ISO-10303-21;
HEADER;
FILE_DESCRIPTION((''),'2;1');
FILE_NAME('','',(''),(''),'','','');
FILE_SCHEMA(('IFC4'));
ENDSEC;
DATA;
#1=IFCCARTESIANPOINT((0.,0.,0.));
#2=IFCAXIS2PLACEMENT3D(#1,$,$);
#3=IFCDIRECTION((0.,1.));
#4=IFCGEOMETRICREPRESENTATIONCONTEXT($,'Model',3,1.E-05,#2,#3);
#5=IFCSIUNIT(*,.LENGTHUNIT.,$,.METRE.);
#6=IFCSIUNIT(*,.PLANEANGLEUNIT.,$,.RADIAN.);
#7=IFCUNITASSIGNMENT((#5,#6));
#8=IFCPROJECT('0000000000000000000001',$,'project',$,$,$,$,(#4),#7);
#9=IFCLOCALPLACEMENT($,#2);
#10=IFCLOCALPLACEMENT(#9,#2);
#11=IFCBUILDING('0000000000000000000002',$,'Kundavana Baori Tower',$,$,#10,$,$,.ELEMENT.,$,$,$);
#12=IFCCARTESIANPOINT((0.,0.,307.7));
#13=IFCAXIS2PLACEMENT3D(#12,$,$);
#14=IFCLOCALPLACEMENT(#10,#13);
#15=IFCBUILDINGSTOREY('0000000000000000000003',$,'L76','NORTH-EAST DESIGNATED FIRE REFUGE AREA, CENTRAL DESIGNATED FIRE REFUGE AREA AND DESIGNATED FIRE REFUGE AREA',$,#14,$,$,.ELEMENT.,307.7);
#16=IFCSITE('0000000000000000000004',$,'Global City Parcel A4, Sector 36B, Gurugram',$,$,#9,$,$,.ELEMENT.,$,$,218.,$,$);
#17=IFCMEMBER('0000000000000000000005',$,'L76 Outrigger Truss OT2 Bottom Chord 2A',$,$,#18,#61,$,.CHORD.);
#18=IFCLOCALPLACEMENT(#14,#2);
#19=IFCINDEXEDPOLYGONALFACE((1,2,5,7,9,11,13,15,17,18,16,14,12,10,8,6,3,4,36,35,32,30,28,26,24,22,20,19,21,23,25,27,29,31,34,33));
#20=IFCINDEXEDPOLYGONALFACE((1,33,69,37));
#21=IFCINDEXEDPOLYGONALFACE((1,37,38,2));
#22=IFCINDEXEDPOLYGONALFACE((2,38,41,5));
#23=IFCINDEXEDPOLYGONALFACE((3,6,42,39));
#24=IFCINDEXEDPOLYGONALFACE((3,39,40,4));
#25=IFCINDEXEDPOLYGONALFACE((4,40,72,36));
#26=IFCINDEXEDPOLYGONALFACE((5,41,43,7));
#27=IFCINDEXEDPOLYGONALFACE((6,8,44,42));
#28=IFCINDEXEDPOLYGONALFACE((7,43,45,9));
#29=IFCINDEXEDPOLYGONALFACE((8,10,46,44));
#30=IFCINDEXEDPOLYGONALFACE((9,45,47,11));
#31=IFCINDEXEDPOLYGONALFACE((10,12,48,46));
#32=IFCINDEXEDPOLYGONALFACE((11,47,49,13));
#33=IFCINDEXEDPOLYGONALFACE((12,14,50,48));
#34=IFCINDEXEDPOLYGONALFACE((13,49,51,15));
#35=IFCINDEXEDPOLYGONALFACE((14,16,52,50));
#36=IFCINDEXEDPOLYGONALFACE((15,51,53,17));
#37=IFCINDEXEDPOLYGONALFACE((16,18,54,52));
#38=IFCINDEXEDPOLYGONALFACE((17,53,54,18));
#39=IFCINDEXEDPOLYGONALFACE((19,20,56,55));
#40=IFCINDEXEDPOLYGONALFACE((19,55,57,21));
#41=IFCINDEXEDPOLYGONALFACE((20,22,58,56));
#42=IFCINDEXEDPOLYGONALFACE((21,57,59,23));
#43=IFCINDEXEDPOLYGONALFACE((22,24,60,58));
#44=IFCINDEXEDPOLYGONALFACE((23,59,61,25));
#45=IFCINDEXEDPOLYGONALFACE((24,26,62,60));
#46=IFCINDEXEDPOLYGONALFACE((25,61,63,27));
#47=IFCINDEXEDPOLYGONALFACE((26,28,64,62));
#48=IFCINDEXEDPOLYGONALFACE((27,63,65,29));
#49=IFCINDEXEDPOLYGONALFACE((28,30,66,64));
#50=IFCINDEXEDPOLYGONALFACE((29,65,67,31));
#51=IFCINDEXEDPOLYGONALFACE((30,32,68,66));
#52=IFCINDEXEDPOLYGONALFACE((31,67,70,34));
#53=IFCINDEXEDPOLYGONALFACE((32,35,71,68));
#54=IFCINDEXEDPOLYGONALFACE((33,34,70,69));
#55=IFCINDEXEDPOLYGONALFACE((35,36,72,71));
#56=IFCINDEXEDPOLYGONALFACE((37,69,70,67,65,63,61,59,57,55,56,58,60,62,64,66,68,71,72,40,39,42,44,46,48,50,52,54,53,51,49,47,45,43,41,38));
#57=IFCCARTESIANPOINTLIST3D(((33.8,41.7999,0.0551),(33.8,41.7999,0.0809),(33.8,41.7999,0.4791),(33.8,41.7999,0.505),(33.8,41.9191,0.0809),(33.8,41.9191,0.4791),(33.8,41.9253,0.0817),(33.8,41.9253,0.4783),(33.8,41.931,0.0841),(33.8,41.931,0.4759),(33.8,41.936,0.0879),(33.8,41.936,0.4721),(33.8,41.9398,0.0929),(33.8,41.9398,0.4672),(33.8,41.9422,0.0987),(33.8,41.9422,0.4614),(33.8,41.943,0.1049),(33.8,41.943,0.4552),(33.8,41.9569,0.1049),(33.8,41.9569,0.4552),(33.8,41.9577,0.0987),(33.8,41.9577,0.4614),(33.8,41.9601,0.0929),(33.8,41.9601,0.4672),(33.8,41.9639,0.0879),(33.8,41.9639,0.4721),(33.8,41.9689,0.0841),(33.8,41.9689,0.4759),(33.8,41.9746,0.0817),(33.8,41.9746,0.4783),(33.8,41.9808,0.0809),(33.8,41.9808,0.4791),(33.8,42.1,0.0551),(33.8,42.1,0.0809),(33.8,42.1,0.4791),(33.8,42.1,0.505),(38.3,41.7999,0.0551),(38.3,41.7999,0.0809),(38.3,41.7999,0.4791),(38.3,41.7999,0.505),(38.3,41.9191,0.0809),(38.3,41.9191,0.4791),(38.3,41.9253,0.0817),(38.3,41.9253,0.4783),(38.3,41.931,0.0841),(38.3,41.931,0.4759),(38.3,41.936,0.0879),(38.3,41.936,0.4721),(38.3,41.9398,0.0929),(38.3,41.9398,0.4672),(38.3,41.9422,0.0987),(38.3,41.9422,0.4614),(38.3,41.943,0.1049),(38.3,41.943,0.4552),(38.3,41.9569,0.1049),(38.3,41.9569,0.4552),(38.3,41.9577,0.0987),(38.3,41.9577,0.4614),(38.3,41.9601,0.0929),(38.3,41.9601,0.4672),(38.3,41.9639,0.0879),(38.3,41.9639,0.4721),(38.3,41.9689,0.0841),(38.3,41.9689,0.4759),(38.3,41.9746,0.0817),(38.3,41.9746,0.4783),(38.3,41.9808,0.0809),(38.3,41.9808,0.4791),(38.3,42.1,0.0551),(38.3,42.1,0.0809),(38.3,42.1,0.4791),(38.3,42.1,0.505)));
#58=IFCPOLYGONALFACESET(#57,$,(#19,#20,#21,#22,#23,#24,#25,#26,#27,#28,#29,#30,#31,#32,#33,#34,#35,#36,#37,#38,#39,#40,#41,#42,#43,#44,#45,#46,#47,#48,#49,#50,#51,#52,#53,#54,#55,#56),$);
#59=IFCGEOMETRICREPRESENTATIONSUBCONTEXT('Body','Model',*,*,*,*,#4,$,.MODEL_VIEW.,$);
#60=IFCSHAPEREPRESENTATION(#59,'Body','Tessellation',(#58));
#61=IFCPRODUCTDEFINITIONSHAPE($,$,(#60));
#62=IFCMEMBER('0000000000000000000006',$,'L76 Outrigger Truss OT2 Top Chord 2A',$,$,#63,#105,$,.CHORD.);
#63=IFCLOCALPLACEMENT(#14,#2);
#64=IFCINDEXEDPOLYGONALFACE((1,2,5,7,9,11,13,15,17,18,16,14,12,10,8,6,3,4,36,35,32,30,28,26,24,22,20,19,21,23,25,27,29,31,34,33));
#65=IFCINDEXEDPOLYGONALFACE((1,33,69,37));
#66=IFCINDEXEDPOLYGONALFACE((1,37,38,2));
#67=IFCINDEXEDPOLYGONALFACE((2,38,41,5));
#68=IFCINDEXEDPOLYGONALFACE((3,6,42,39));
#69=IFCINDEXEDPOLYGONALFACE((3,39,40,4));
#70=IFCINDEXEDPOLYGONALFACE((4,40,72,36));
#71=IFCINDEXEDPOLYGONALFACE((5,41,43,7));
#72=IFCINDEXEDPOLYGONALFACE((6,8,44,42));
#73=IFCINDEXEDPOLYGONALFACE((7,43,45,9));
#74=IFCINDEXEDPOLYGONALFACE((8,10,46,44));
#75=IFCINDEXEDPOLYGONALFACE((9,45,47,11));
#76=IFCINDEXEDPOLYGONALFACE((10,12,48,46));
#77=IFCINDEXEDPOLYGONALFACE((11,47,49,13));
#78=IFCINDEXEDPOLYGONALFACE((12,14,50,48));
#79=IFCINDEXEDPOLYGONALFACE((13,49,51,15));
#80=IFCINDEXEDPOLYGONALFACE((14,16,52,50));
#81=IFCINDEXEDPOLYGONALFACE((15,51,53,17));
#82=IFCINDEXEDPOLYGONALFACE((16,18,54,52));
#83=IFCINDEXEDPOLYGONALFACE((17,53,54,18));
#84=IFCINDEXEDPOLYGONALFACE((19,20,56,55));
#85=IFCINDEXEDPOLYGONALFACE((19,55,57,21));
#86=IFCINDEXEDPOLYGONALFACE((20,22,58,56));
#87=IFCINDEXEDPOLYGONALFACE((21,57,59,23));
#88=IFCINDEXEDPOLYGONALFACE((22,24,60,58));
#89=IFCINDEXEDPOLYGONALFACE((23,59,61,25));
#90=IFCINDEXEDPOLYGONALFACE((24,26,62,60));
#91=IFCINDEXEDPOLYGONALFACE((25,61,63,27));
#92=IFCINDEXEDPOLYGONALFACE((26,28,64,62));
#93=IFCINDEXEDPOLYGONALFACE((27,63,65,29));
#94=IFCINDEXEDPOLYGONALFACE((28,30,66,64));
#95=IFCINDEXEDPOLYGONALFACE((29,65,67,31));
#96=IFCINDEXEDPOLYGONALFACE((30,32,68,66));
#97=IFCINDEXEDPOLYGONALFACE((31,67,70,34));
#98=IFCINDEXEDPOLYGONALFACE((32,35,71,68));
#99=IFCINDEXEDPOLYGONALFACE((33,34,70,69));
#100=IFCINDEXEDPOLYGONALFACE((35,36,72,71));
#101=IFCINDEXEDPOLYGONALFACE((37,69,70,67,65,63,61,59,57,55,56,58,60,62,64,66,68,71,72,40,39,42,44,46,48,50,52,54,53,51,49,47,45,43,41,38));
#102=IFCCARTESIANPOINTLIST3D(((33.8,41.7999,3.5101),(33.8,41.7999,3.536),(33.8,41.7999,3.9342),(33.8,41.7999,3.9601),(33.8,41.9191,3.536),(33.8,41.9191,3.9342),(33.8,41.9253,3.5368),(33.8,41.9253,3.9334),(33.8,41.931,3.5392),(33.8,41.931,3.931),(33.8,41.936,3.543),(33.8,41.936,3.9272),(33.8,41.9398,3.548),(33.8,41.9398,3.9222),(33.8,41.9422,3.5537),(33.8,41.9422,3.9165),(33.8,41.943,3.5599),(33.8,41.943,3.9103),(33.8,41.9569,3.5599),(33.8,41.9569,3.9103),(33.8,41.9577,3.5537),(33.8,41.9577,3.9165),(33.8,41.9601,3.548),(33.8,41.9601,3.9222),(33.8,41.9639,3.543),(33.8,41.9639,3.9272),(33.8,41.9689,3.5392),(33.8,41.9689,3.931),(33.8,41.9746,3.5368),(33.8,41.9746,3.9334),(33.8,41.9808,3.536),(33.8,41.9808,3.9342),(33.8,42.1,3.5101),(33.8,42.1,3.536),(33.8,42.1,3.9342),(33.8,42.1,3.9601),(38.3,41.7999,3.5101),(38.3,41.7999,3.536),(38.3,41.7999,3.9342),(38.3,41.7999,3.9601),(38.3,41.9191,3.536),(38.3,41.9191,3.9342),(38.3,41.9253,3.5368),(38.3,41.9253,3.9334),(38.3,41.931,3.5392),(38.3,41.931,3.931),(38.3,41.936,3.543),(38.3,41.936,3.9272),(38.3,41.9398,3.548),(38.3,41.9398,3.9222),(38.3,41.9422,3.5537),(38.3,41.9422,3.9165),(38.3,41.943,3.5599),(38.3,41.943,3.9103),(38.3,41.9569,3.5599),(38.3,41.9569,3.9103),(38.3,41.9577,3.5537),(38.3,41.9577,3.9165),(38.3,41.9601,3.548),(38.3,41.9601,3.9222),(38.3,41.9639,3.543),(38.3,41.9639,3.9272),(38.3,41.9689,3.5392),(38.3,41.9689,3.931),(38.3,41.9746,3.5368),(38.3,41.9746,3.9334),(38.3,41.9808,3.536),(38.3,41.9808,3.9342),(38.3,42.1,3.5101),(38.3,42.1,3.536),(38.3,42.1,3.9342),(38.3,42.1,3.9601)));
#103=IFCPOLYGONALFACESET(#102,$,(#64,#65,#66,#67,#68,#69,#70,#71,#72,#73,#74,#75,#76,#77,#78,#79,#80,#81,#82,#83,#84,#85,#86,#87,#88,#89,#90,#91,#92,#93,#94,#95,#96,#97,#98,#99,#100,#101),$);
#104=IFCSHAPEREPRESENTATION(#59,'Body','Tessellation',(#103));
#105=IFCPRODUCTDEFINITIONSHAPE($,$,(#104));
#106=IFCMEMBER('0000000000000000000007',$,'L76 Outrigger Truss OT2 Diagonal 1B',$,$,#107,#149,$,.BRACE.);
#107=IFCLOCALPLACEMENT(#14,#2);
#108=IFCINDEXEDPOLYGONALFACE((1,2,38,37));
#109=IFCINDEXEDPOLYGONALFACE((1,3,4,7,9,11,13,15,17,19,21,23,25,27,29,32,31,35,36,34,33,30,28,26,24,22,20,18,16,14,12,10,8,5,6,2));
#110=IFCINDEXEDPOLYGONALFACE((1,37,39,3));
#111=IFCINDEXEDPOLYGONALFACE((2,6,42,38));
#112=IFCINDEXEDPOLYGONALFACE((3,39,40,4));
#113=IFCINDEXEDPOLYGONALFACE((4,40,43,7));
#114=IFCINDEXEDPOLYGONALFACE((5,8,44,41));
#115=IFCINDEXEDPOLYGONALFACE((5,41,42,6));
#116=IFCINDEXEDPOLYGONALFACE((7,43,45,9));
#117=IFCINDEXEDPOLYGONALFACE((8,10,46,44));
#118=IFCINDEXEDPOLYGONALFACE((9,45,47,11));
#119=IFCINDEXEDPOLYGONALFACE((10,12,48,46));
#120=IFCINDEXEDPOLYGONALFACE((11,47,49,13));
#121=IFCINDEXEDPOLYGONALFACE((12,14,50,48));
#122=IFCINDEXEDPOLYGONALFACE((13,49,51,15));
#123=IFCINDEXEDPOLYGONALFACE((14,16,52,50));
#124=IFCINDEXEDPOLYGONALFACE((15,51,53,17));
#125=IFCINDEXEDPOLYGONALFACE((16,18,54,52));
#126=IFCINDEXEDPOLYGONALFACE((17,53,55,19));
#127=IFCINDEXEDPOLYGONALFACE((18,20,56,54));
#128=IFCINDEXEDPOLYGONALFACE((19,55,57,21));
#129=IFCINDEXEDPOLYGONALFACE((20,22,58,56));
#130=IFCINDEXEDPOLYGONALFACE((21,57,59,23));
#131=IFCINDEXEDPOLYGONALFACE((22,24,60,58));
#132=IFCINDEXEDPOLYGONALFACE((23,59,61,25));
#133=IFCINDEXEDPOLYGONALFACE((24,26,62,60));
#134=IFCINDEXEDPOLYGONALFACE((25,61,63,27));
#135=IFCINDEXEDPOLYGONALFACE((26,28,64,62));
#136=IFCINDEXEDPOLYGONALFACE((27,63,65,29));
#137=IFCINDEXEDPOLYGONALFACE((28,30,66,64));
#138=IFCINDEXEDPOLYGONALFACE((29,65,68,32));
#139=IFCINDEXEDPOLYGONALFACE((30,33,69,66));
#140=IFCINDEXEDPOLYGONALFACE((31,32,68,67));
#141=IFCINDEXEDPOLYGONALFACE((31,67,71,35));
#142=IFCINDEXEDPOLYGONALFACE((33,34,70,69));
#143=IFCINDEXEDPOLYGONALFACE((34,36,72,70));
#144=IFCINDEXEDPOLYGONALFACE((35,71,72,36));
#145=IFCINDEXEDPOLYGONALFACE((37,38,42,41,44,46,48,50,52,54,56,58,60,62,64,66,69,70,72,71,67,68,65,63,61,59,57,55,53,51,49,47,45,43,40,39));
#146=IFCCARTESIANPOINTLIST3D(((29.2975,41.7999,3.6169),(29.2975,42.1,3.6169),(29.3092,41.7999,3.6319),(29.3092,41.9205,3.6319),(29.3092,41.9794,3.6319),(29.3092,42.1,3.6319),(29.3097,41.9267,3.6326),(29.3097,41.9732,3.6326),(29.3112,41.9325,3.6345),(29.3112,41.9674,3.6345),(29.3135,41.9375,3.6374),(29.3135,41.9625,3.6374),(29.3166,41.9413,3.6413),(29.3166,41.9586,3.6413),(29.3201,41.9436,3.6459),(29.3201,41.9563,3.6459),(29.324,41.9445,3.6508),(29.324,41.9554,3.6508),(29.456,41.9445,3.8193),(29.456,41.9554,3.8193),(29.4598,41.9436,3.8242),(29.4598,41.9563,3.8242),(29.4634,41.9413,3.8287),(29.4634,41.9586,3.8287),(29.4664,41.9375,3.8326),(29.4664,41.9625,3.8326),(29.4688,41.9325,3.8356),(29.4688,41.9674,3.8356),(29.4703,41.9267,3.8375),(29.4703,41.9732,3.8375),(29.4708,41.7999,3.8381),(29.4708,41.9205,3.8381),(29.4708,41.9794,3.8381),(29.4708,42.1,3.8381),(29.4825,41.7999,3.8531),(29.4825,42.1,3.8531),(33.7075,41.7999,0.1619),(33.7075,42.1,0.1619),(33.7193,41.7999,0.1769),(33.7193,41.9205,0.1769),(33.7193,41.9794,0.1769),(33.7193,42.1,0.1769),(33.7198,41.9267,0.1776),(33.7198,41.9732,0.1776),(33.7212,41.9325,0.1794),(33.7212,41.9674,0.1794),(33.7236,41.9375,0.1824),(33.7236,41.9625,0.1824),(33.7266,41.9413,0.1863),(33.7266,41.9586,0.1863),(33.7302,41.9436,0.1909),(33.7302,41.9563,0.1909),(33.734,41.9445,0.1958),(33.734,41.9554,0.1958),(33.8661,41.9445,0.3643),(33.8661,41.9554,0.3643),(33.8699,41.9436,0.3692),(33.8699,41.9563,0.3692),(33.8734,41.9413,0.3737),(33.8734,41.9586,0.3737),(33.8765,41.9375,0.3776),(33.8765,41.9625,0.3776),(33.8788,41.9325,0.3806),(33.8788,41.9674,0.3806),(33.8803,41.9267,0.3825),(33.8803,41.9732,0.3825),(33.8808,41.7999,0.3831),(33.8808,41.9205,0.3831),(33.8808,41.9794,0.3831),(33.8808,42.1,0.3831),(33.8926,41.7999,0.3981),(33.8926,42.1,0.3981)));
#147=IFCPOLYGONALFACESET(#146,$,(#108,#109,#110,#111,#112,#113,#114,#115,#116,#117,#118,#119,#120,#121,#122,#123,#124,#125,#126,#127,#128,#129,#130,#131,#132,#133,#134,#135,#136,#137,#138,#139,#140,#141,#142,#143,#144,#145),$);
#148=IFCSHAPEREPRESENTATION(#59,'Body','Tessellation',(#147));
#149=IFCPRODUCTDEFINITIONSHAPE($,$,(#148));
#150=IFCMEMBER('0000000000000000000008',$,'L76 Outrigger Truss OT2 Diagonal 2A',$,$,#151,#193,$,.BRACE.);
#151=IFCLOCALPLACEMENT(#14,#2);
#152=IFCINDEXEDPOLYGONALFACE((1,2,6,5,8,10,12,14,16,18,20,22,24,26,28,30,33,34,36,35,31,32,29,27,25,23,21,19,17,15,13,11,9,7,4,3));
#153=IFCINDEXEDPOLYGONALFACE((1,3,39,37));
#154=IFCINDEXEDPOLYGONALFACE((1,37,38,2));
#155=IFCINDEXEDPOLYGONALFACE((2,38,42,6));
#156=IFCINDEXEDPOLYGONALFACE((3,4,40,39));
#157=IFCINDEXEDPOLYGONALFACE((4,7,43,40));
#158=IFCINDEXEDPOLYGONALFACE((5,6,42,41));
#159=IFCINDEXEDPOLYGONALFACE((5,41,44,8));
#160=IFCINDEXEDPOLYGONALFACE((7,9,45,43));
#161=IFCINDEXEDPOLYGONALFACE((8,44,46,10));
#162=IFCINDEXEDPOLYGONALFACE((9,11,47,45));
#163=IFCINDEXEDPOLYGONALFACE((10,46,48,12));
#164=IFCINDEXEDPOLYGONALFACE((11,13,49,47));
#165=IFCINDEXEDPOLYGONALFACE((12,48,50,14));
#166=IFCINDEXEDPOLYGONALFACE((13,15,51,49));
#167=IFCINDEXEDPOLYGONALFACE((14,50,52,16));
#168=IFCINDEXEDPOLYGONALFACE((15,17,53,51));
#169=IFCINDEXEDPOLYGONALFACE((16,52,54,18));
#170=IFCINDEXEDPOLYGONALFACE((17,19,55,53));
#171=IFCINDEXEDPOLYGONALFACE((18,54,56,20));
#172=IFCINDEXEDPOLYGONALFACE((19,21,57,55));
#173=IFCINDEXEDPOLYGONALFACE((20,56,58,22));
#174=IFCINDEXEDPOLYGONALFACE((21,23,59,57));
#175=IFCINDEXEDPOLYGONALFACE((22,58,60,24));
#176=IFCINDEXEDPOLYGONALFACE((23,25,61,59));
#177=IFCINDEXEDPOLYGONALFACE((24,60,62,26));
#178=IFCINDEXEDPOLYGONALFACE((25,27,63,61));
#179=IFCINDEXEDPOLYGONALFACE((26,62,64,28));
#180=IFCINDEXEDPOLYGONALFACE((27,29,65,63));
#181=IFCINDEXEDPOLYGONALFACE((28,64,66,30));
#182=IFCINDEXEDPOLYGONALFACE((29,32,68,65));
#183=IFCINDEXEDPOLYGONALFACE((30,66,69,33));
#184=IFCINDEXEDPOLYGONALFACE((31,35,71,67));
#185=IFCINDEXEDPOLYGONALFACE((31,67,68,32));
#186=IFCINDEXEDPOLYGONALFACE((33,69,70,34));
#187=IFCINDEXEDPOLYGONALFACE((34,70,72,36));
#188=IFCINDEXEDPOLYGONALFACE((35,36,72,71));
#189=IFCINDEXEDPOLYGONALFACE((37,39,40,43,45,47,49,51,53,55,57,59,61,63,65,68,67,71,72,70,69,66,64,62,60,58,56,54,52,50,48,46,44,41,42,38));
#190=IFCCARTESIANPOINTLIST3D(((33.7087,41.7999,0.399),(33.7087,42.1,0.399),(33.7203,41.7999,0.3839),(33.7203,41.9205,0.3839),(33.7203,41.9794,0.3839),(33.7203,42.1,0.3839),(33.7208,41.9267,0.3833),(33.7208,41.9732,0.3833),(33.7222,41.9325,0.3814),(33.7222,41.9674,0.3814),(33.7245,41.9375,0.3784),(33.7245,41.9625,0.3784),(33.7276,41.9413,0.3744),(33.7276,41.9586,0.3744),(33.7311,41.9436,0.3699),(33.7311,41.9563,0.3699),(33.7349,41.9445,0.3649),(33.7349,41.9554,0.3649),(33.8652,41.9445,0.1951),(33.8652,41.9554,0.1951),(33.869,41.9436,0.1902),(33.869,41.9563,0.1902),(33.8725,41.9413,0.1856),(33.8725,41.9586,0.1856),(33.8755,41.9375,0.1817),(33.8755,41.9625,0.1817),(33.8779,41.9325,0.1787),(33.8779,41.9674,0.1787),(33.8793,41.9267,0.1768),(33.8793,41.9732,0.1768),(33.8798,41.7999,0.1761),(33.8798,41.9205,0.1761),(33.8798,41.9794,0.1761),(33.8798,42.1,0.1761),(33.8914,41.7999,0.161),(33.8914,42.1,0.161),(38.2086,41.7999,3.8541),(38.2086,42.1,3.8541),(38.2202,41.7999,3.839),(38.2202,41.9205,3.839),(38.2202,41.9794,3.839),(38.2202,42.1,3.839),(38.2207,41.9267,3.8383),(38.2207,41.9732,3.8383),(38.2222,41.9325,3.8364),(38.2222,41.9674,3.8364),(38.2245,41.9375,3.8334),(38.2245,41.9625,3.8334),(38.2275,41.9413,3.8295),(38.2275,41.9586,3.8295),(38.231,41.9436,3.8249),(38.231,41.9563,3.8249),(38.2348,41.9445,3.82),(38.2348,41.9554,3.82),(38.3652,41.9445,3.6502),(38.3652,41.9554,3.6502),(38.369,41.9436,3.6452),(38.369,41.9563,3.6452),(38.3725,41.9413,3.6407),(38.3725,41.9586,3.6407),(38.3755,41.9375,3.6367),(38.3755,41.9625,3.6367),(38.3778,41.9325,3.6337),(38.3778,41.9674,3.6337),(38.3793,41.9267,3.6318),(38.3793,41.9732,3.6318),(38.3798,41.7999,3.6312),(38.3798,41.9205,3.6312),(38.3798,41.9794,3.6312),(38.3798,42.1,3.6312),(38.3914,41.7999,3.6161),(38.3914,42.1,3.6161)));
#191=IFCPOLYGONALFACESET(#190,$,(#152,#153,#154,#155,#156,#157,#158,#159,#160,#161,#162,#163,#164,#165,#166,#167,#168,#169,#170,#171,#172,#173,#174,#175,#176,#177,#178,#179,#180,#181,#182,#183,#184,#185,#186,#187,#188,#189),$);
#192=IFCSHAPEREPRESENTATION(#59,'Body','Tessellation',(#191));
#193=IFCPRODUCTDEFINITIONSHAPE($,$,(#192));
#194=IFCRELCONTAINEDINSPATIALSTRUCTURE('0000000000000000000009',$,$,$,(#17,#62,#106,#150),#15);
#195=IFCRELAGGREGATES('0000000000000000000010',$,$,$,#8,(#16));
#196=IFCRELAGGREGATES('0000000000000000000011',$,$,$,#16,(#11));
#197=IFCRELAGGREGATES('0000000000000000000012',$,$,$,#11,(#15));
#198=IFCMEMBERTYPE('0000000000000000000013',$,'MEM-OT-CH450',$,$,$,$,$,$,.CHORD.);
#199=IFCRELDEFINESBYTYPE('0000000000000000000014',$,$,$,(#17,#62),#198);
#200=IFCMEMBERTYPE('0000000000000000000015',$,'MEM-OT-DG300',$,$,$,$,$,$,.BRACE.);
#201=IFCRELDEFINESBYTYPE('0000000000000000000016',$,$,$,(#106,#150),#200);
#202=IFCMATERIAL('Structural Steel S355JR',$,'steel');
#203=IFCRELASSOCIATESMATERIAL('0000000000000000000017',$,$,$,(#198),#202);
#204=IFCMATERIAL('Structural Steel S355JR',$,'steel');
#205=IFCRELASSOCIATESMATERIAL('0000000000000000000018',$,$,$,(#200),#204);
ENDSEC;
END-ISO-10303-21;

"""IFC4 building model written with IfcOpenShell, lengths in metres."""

from ifc_helpers import new_model, si_unit, direction, frame, origin, origin_2d, place, context, subcontext, project, spatial, i_section, extrude, material, material_profile, profile_set, type_object, element, save


model = new_model("IFC4")

# Units and contexts
model_context = context("Model", 3, precision=1e-05, world=origin(), true_north=direction((0.0, 1.0)))
body_context = subcontext(model_context, "Body", "Model", "MODEL_VIEW")
ifc_project = project(units=[si_unit("LENGTHUNIT", "METRE"), si_unit("PLANEANGLEUNIT", "RADIAN")], contexts=[model_context])

# Site, building, storey
site_placement = place(None, origin())
site = spatial("IfcSite", under=ifc_project, at=site_placement, Name="Global City Parcel A4, Sector 36B, Gurugram", CompositionType="ELEMENT", RefElevation=218.0)
building_placement = place(site_placement, origin())
building = spatial("IfcBuilding", under=site, at=building_placement, Name="Kundavana Baori Tower", CompositionType="ELEMENT")
storey_placement = place(building_placement, frame((0.0, 0.0, 307.7)))
storey = spatial("IfcBuildingStorey", under=building, at=storey_placement, Name="L76", Description="NORTH-EAST DESIGNATED FIRE REFUGE AREA, CENTRAL DESIGNATED FIRE REFUGE AREA AND DESIGNATED FIRE REFUGE AREA", CompositionType="ELEMENT", Elevation=307.7)

# Members
ifc_material_1 = material(Name="Structural Steel S355JR", Category="steel")
ifc_material_profile_1 = material_profile(ifc_material_1, i_section(OverallWidth=0.3, OverallDepth=0.45, WebThickness=0.0139, FlangeThickness=0.0259, FilletRadius=0.0239, at=origin_2d()), Name="WPB 450x300x142")
ifc_profile_set_1 = profile_set([ifc_material_profile_1], Name="Structural Steel S355JR")
member_type_1 = type_object("IfcMemberType", Name="MEM-OT-CH450", PredefinedType="CHORD", material=ifc_profile_set_1)
for number, where, z_axis, x_axis, name in (
    (1, (33.8, 41.95, 0.28), (1.0, 0.0, 0.0), (0.0, 1.0, 0.0), "L76 Outrigger Truss OT2 Bottom Chord 2A"),
    (2, (33.8, 41.95, 3.7351), (1.0, 0.0, 0.0), (0.0, 1.0, 0.0), "L76 Outrigger Truss OT2 Top Chord 2A"),
):
    element("IfcMember", number, at=place(storey_placement, frame(where, z_axis=z_axis, x_axis=x_axis)), inside=storey, type_object=member_type_1, Name=name, PredefinedType="CHORD", context=body_context, shape_type="SweptSolid", body=[
        extrude(i_section(OverallWidth=0.3, OverallDepth=0.45, WebThickness=0.0139, FlangeThickness=0.0259, FilletRadius=0.0239, at=origin_2d()), origin(), (0.0, 0.0, 1.0), 4.5),
    ])
ifc_material_2 = material(Name="Structural Steel S355JR", Category="steel")
ifc_material_profile_2 = material_profile(ifc_material_2, i_section(OverallWidth=0.3, OverallDepth=0.3, WebThickness=0.011, FlangeThickness=0.019, FilletRadius=0.0239, at=origin_2d()), Name="WPB 300x300x117")
ifc_profile_set_2 = profile_set([ifc_material_profile_2], Name="Structural Steel S355JR")
member_type_2 = type_object("IfcMemberType", Name="MEM-OT-DG300", PredefinedType="BRACE", material=ifc_profile_set_2)
member_1_placement = place(storey_placement, frame((33.8, 41.95, 0.28), z_axis=(-0.787189, 0.0, 0.616712), x_axis=(0.0, -1.0, 0.0)))
element("IfcMember", 3, at=member_1_placement, inside=storey, type_object=member_type_2, Name="L76 Outrigger Truss OT2 Diagonal 1B", PredefinedType="BRACE", context=body_context, shape_type="SweptSolid", body=[
    extrude(i_section(OverallWidth=0.3, OverallDepth=0.3, WebThickness=0.011, FlangeThickness=0.019, FilletRadius=0.0239, at=origin_2d()), origin(), (0.0, 0.0, 1.0), 5.6023),
])
member_2_placement = place(storey_placement, frame((33.8, 41.95, 0.28), z_axis=(0.793174, 0.0, 0.608995), x_axis=(0.0, 1.0, 0.0)))
element("IfcMember", 4, at=member_2_placement, inside=storey, type_object=member_type_2, Name="L76 Outrigger Truss OT2 Diagonal 2A", PredefinedType="BRACE", context=body_context, shape_type="SweptSolid", body=[
    extrude(i_section(OverallWidth=0.3, OverallDepth=0.3, WebThickness=0.011, FlangeThickness=0.019, FilletRadius=0.0239, at=origin_2d()), origin(), (0.0, 0.0, 1.0), 5.6733),
])

save(model, "model.ifc")
